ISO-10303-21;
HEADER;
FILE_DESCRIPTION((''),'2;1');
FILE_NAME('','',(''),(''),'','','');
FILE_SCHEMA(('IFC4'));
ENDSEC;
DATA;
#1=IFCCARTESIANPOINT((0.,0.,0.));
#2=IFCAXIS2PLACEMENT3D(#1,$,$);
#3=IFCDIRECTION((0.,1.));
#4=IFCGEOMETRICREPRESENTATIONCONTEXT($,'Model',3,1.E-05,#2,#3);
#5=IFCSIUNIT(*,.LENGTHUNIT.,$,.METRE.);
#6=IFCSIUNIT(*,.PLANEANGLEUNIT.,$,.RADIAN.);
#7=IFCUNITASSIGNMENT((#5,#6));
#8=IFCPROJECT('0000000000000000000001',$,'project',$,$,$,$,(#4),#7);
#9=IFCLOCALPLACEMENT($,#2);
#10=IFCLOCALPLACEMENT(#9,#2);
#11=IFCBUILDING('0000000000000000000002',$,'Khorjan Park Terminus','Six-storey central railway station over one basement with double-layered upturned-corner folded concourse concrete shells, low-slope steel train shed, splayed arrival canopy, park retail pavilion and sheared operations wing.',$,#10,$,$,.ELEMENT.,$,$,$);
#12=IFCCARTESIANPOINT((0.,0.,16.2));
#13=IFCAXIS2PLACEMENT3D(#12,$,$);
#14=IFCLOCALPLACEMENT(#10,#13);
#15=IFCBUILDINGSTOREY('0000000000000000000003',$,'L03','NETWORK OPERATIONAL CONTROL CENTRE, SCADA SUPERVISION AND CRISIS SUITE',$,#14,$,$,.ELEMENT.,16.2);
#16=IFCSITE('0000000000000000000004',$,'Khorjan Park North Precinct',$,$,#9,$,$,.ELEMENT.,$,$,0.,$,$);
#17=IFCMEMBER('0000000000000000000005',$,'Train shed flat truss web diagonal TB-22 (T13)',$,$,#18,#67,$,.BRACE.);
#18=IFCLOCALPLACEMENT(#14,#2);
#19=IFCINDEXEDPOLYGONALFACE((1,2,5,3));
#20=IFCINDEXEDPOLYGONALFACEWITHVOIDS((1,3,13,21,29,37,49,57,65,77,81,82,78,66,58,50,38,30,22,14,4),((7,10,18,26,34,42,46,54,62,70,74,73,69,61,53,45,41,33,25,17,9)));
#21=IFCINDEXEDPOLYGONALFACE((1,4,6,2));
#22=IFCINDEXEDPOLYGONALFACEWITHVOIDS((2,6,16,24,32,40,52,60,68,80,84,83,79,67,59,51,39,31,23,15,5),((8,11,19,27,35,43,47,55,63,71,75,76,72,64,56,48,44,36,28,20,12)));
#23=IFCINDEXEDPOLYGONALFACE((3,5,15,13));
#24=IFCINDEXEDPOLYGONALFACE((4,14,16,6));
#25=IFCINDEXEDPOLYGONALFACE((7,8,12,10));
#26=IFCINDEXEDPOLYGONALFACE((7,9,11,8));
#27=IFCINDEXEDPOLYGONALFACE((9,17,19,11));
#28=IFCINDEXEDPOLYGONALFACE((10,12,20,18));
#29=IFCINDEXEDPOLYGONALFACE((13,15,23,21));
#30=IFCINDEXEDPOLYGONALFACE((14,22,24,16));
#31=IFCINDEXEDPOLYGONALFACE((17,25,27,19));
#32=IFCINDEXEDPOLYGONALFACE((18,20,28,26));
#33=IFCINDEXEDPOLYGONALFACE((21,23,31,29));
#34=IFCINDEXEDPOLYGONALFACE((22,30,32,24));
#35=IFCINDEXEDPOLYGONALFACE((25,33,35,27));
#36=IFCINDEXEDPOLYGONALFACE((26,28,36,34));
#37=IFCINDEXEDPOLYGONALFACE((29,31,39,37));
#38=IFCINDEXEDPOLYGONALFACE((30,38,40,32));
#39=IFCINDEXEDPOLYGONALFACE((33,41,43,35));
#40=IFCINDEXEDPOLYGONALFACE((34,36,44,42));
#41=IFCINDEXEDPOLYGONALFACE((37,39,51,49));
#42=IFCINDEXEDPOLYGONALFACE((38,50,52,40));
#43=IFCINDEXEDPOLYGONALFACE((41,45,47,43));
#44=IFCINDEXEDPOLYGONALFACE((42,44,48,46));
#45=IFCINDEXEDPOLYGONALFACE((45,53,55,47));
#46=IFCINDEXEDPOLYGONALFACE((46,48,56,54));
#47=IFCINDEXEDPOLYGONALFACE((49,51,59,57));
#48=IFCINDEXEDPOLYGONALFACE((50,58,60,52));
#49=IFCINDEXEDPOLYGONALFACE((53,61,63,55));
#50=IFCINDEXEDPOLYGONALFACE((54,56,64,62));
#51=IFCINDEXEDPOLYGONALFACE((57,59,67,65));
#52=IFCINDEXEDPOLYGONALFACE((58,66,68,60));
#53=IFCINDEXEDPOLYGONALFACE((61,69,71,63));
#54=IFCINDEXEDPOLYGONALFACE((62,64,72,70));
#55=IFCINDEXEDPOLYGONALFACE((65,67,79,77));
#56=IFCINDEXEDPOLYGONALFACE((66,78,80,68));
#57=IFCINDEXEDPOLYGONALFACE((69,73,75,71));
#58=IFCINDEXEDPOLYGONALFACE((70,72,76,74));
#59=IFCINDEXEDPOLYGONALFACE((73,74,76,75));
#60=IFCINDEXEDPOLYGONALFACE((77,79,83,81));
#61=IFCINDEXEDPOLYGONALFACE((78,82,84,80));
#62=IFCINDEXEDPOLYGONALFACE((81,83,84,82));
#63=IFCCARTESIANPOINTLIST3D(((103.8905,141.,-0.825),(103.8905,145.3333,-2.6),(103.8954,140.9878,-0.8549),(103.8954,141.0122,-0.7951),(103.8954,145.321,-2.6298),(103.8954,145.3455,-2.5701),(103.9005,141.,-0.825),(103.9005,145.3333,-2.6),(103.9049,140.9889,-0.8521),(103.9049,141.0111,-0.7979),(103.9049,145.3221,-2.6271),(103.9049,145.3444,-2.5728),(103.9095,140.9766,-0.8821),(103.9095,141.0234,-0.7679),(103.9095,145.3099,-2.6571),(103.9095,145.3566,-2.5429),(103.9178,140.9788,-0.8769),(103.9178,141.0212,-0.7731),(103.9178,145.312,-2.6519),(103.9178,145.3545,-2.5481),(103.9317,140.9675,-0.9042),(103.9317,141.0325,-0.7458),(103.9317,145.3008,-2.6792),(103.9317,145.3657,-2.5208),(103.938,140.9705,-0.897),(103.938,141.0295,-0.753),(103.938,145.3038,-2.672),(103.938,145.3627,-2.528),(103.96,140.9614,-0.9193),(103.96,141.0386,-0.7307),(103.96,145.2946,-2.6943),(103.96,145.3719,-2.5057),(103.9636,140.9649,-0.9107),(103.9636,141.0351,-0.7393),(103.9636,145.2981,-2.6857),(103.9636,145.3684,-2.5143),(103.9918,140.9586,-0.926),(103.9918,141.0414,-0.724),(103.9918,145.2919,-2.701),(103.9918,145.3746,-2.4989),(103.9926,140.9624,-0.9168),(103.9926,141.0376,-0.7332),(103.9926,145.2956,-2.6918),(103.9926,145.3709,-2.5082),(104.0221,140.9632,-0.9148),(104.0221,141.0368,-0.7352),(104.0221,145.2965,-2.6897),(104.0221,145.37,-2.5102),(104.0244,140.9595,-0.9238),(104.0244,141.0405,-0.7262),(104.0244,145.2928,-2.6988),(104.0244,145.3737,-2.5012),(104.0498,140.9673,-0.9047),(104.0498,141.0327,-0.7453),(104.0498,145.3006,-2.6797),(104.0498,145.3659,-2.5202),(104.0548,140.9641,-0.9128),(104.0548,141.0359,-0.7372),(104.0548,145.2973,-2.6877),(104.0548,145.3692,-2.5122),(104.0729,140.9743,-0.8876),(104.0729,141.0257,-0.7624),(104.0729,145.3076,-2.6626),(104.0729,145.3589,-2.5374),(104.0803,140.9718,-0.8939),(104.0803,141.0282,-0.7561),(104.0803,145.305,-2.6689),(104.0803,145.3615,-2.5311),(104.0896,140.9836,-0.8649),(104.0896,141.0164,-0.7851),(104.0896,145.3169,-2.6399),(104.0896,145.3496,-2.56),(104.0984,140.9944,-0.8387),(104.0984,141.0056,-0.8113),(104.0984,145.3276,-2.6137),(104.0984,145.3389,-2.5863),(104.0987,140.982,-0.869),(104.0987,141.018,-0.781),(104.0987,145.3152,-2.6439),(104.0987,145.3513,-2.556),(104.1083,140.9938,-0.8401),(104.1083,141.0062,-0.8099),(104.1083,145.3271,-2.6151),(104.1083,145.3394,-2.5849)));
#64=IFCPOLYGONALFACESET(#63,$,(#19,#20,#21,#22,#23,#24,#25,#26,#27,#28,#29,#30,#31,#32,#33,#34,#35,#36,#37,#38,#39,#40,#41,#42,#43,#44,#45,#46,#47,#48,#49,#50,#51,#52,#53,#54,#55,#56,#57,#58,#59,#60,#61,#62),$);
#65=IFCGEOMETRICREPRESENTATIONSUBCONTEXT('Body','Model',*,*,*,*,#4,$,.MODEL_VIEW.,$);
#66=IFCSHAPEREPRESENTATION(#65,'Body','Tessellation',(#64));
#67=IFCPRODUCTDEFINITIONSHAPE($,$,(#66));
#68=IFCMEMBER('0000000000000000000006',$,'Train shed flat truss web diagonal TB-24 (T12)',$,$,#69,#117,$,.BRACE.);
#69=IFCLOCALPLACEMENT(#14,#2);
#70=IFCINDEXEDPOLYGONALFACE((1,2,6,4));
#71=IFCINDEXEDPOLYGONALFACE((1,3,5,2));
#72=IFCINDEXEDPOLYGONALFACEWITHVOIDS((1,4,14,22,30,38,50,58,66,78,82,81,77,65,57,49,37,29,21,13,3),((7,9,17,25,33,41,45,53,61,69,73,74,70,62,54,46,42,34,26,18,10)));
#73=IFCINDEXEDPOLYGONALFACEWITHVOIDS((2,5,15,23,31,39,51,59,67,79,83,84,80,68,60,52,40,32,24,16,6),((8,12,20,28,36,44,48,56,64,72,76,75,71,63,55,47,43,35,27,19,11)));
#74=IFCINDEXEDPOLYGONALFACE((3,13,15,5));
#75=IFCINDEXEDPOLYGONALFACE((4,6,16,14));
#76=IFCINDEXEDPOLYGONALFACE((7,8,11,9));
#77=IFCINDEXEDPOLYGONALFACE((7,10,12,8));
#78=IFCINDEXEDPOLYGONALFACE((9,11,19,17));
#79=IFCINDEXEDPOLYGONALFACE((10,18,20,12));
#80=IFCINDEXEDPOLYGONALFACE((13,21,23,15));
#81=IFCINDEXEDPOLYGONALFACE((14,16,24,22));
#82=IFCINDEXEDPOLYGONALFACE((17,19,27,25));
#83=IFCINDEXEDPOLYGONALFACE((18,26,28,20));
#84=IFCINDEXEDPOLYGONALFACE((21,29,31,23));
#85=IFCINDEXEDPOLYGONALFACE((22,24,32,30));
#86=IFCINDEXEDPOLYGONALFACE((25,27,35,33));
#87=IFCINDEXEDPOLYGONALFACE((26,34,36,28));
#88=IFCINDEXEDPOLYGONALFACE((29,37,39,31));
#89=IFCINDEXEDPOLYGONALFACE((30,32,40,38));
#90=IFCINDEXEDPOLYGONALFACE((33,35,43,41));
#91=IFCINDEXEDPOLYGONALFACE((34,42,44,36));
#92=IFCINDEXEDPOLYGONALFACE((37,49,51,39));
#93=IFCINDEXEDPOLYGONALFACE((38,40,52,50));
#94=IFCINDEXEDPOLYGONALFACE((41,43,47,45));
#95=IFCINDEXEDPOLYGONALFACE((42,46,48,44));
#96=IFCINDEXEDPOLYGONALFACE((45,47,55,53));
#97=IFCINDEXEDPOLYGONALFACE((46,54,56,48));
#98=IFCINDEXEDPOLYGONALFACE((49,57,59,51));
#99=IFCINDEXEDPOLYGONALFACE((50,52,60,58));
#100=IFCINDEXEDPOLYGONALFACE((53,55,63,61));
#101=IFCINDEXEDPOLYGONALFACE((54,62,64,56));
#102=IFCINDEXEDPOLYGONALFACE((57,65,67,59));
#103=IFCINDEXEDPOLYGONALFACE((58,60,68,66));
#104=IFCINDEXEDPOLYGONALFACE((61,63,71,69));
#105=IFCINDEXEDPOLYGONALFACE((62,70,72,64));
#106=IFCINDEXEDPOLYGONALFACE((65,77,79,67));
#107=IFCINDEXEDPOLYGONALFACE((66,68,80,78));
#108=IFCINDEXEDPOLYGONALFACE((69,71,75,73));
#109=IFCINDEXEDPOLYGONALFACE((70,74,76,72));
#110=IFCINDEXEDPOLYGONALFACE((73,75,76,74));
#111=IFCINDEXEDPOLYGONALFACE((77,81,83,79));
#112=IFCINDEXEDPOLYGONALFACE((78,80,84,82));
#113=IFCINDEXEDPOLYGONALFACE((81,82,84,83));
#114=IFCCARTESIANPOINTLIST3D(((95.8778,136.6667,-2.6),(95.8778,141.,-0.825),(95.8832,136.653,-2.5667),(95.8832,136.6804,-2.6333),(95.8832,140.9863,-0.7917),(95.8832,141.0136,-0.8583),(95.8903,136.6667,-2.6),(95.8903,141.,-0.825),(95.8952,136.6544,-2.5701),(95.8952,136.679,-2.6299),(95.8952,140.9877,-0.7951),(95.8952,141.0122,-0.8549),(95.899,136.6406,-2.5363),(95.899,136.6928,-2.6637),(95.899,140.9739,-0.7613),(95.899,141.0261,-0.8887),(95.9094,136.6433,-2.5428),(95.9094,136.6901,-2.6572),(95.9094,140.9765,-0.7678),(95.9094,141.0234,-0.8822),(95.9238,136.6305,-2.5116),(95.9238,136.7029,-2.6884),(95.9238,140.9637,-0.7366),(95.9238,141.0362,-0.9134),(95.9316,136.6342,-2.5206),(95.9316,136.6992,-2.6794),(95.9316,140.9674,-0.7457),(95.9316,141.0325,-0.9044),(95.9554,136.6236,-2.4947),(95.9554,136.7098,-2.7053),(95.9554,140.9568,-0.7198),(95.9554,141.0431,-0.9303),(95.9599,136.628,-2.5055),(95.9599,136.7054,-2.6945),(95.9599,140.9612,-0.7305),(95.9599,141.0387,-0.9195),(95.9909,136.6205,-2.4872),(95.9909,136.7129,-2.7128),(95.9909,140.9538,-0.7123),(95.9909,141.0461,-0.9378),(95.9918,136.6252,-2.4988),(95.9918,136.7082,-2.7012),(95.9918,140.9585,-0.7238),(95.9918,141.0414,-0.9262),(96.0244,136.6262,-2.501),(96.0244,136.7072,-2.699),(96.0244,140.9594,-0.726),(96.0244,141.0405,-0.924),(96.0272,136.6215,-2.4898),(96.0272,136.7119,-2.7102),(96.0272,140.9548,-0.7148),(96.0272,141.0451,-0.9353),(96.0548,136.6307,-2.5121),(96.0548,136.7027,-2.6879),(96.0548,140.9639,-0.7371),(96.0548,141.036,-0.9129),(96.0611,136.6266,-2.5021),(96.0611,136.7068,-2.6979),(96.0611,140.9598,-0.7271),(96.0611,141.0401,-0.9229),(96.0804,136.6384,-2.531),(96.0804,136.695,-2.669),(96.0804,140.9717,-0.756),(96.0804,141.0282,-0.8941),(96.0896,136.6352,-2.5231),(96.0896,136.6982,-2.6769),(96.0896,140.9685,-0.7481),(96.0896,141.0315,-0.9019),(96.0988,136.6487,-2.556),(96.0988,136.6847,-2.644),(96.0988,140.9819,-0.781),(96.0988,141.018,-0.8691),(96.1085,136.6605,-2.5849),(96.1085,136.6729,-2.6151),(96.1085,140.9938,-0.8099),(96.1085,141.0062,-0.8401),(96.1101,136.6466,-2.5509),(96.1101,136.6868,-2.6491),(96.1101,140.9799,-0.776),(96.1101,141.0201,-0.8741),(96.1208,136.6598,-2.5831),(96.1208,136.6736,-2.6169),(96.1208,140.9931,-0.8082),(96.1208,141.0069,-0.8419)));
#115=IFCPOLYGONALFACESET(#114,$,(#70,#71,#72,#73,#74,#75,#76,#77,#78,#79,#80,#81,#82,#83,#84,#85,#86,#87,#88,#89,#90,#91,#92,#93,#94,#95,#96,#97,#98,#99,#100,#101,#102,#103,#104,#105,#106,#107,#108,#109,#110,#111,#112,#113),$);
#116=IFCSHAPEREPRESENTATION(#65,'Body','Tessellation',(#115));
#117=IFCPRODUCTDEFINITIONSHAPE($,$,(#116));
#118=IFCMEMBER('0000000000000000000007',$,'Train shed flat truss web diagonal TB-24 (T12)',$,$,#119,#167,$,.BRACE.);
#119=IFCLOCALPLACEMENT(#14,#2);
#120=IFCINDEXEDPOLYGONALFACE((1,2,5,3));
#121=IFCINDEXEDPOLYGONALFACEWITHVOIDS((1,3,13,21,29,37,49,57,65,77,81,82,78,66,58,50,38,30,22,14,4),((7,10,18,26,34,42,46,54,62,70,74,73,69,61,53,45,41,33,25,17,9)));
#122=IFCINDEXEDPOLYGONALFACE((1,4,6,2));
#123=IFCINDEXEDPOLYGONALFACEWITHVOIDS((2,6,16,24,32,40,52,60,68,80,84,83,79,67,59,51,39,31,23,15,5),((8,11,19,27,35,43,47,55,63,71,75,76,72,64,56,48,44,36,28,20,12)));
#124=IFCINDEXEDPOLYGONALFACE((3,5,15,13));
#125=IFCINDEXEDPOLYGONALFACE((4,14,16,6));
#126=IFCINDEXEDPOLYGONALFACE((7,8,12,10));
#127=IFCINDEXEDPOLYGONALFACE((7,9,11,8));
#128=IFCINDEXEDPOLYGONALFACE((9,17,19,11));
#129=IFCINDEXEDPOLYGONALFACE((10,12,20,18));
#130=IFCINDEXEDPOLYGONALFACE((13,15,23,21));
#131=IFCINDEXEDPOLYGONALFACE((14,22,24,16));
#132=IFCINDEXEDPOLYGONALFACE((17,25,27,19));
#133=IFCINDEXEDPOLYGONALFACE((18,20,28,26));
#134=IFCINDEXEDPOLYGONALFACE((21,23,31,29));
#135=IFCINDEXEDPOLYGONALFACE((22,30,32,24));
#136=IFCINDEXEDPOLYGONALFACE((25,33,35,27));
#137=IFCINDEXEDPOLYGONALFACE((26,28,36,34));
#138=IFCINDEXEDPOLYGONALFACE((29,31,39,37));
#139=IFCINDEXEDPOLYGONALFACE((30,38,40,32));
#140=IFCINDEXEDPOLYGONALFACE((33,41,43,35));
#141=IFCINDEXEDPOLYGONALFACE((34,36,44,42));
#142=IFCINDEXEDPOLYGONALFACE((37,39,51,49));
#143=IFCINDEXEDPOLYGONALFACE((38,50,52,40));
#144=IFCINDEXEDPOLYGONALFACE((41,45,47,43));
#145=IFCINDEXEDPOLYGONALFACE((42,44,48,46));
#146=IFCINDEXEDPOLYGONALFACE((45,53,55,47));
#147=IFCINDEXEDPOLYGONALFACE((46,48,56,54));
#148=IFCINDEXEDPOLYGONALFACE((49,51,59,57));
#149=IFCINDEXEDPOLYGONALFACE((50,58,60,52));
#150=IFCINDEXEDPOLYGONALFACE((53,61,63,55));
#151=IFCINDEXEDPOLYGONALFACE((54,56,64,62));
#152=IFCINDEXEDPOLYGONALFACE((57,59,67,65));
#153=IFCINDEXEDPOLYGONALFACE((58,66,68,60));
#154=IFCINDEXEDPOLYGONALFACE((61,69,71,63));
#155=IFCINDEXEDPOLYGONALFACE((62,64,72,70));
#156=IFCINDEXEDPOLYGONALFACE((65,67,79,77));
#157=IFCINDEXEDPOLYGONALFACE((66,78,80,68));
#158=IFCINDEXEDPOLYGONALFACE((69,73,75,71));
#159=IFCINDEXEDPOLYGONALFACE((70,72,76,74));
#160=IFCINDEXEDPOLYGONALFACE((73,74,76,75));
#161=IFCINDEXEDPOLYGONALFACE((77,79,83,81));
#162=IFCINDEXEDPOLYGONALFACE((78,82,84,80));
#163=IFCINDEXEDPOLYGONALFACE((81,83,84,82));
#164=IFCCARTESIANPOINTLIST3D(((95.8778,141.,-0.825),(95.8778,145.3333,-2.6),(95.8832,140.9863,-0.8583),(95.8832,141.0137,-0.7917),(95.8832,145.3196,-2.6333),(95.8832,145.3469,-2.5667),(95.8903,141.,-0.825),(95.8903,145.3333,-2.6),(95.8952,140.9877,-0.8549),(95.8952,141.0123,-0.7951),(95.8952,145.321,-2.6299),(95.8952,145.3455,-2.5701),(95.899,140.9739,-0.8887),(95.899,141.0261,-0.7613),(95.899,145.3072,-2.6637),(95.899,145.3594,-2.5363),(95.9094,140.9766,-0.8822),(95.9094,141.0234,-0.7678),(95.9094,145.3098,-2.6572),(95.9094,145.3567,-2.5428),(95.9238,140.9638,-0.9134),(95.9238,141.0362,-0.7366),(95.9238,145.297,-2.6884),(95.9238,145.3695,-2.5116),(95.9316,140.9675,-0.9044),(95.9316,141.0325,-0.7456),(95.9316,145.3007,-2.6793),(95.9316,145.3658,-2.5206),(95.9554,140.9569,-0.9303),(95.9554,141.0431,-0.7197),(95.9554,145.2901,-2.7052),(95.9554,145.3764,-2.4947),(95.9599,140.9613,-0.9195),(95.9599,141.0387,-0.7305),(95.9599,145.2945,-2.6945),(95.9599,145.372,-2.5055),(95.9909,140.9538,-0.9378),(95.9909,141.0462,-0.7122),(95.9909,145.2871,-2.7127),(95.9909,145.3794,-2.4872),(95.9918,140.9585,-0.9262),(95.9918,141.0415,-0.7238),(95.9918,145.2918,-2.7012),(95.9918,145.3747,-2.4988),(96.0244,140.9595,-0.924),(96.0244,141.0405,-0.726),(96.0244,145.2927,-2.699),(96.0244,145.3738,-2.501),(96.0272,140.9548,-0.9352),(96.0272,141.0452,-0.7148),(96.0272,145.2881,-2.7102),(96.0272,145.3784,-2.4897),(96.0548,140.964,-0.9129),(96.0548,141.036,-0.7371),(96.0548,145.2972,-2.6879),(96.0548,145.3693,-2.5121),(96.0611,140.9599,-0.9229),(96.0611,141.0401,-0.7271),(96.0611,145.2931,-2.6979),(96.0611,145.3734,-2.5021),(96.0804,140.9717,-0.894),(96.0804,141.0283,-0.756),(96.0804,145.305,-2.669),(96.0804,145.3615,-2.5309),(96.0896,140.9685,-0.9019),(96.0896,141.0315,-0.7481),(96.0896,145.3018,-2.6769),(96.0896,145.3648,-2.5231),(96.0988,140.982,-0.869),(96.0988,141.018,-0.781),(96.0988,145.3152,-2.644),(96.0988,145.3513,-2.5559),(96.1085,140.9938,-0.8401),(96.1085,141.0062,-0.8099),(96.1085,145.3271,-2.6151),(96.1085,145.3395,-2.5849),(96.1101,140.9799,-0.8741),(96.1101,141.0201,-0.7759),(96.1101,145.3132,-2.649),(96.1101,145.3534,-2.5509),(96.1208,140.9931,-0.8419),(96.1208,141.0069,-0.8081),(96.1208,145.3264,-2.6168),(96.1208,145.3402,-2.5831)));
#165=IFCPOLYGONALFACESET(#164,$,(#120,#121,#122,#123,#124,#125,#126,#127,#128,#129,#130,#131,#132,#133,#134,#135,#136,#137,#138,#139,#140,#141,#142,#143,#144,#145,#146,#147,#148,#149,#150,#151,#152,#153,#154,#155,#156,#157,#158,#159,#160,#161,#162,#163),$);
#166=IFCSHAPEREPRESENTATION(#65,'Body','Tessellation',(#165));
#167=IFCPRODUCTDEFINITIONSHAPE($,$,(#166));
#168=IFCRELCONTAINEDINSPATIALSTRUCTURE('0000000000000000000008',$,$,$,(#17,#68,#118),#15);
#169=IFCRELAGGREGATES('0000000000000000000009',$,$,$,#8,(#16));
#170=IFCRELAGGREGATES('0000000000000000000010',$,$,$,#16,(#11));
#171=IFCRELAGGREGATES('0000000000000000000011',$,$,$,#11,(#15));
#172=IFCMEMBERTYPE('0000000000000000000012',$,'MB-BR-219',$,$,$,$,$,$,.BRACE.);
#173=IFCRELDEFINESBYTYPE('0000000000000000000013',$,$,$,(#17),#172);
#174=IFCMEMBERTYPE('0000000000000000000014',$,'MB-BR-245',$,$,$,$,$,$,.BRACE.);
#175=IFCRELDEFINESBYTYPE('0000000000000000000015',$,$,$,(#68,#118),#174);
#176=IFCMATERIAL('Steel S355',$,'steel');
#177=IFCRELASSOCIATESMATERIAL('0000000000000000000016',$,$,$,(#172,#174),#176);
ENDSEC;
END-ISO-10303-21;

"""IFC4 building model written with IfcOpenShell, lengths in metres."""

from ifc_helpers import new_model, si_unit, direction, frame, origin, origin_2d, place, context, subcontext, project, spatial, hollow_circle, extrude, material, material_profile, profile_set, type_object, element, save


model = new_model("IFC4")

# Units and contexts
model_context = context("Model", 3, precision=1e-05, world=origin(), true_north=direction((0.0, 1.0)))
body_context = subcontext(model_context, "Body", "Model", "MODEL_VIEW")
ifc_project = project(units=[si_unit("LENGTHUNIT", "METRE"), si_unit("PLANEANGLEUNIT", "RADIAN")], contexts=[model_context])

# Site, building, storey
site_placement = place(None, origin())
site = spatial("IfcSite", under=ifc_project, at=site_placement, Name="Khorjan Park North Precinct", CompositionType="ELEMENT", RefElevation=0.0)
building_placement = place(site_placement, origin())
building = spatial("IfcBuilding", under=site, at=building_placement, Name="Khorjan Park Terminus", Description="Six-storey central railway station over one basement with double-layered upturned-corner folded concourse concrete shells, low-slope steel train shed, splayed arrival canopy, park retail pavilion and sheared operations wing.", CompositionType="ELEMENT")
storey_placement = place(building_placement, frame((0.0, 0.0, 16.2)))
storey = spatial("IfcBuildingStorey", under=building, at=storey_placement, Name="L03", Description="NETWORK OPERATIONAL CONTROL CENTRE, SCADA SUPERVISION AND CRISIS SUITE", CompositionType="ELEMENT", Elevation=16.2)

# Members
ifc_material = material(Name="Steel S355", Category="steel")
ifc_material_profile_1 = material_profile(ifc_material, hollow_circle(Radius=0.1095, WallThickness=0.01, at=origin_2d()), Name="CHS 219.1x10")
ifc_profile_set_1 = profile_set([ifc_material_profile_1], Name="Steel S355")
member_type_1 = type_object("IfcMemberType", Name="MB-BR-219", PredefinedType="BRACE", material=ifc_profile_set_1)
for number, where, z_axis, x_axis, name in (
    (1, (104.0, 141.0, -0.825), (0.0, 0.925376, -0.379051), (-1.0, 0.0, 0.0), "Train shed flat truss web diagonal TB-22 (T13)"),
):
    element("IfcMember", number, at=place(storey_placement, frame(where, z_axis=z_axis, x_axis=x_axis)), inside=storey, type_object=member_type_1, Name=name, PredefinedType="BRACE", context=body_context, shape_type="SweptSolid", body=[
        extrude(hollow_circle(Radius=0.1095, WallThickness=0.01, at=origin_2d()), origin(), (0.0, 0.0, 1.0), 4.6827),
    ])
ifc_material_profile_2 = material_profile(ifc_material, hollow_circle(Radius=0.1222, WallThickness=0.0125, at=origin_2d()), Name="CHS 244.5x12.5")
ifc_profile_set_2 = profile_set([ifc_material_profile_2], Name="Steel S355")
member_type_2 = type_object("IfcMemberType", Name="MB-BR-245", PredefinedType="BRACE", material=ifc_profile_set_2)
for number, where, z_axis, x_axis, name in (
    (2, (96.0, 136.6667, -2.6), (0.0, 0.925376, 0.379051), (-1.0, 0.0, 0.0), "Train shed flat truss web diagonal TB-24 (T12)"),
    (3, (96.0, 141.0, -0.825), (0.0, 0.925376, -0.379051), (-1.0, 0.0, 0.0), "Train shed flat truss web diagonal TB-24 (T12)"),
):
    element("IfcMember", number, at=place(storey_placement, frame(where, z_axis=z_axis, x_axis=x_axis)), inside=storey, type_object=member_type_2, Name=name, PredefinedType="BRACE", context=body_context, shape_type="SweptSolid", body=[
        extrude(hollow_circle(Radius=0.1222, WallThickness=0.0125, at=origin_2d()), origin(), (0.0, 0.0, 1.0), 4.6827),
    ])

save(model, "model.ifc")
